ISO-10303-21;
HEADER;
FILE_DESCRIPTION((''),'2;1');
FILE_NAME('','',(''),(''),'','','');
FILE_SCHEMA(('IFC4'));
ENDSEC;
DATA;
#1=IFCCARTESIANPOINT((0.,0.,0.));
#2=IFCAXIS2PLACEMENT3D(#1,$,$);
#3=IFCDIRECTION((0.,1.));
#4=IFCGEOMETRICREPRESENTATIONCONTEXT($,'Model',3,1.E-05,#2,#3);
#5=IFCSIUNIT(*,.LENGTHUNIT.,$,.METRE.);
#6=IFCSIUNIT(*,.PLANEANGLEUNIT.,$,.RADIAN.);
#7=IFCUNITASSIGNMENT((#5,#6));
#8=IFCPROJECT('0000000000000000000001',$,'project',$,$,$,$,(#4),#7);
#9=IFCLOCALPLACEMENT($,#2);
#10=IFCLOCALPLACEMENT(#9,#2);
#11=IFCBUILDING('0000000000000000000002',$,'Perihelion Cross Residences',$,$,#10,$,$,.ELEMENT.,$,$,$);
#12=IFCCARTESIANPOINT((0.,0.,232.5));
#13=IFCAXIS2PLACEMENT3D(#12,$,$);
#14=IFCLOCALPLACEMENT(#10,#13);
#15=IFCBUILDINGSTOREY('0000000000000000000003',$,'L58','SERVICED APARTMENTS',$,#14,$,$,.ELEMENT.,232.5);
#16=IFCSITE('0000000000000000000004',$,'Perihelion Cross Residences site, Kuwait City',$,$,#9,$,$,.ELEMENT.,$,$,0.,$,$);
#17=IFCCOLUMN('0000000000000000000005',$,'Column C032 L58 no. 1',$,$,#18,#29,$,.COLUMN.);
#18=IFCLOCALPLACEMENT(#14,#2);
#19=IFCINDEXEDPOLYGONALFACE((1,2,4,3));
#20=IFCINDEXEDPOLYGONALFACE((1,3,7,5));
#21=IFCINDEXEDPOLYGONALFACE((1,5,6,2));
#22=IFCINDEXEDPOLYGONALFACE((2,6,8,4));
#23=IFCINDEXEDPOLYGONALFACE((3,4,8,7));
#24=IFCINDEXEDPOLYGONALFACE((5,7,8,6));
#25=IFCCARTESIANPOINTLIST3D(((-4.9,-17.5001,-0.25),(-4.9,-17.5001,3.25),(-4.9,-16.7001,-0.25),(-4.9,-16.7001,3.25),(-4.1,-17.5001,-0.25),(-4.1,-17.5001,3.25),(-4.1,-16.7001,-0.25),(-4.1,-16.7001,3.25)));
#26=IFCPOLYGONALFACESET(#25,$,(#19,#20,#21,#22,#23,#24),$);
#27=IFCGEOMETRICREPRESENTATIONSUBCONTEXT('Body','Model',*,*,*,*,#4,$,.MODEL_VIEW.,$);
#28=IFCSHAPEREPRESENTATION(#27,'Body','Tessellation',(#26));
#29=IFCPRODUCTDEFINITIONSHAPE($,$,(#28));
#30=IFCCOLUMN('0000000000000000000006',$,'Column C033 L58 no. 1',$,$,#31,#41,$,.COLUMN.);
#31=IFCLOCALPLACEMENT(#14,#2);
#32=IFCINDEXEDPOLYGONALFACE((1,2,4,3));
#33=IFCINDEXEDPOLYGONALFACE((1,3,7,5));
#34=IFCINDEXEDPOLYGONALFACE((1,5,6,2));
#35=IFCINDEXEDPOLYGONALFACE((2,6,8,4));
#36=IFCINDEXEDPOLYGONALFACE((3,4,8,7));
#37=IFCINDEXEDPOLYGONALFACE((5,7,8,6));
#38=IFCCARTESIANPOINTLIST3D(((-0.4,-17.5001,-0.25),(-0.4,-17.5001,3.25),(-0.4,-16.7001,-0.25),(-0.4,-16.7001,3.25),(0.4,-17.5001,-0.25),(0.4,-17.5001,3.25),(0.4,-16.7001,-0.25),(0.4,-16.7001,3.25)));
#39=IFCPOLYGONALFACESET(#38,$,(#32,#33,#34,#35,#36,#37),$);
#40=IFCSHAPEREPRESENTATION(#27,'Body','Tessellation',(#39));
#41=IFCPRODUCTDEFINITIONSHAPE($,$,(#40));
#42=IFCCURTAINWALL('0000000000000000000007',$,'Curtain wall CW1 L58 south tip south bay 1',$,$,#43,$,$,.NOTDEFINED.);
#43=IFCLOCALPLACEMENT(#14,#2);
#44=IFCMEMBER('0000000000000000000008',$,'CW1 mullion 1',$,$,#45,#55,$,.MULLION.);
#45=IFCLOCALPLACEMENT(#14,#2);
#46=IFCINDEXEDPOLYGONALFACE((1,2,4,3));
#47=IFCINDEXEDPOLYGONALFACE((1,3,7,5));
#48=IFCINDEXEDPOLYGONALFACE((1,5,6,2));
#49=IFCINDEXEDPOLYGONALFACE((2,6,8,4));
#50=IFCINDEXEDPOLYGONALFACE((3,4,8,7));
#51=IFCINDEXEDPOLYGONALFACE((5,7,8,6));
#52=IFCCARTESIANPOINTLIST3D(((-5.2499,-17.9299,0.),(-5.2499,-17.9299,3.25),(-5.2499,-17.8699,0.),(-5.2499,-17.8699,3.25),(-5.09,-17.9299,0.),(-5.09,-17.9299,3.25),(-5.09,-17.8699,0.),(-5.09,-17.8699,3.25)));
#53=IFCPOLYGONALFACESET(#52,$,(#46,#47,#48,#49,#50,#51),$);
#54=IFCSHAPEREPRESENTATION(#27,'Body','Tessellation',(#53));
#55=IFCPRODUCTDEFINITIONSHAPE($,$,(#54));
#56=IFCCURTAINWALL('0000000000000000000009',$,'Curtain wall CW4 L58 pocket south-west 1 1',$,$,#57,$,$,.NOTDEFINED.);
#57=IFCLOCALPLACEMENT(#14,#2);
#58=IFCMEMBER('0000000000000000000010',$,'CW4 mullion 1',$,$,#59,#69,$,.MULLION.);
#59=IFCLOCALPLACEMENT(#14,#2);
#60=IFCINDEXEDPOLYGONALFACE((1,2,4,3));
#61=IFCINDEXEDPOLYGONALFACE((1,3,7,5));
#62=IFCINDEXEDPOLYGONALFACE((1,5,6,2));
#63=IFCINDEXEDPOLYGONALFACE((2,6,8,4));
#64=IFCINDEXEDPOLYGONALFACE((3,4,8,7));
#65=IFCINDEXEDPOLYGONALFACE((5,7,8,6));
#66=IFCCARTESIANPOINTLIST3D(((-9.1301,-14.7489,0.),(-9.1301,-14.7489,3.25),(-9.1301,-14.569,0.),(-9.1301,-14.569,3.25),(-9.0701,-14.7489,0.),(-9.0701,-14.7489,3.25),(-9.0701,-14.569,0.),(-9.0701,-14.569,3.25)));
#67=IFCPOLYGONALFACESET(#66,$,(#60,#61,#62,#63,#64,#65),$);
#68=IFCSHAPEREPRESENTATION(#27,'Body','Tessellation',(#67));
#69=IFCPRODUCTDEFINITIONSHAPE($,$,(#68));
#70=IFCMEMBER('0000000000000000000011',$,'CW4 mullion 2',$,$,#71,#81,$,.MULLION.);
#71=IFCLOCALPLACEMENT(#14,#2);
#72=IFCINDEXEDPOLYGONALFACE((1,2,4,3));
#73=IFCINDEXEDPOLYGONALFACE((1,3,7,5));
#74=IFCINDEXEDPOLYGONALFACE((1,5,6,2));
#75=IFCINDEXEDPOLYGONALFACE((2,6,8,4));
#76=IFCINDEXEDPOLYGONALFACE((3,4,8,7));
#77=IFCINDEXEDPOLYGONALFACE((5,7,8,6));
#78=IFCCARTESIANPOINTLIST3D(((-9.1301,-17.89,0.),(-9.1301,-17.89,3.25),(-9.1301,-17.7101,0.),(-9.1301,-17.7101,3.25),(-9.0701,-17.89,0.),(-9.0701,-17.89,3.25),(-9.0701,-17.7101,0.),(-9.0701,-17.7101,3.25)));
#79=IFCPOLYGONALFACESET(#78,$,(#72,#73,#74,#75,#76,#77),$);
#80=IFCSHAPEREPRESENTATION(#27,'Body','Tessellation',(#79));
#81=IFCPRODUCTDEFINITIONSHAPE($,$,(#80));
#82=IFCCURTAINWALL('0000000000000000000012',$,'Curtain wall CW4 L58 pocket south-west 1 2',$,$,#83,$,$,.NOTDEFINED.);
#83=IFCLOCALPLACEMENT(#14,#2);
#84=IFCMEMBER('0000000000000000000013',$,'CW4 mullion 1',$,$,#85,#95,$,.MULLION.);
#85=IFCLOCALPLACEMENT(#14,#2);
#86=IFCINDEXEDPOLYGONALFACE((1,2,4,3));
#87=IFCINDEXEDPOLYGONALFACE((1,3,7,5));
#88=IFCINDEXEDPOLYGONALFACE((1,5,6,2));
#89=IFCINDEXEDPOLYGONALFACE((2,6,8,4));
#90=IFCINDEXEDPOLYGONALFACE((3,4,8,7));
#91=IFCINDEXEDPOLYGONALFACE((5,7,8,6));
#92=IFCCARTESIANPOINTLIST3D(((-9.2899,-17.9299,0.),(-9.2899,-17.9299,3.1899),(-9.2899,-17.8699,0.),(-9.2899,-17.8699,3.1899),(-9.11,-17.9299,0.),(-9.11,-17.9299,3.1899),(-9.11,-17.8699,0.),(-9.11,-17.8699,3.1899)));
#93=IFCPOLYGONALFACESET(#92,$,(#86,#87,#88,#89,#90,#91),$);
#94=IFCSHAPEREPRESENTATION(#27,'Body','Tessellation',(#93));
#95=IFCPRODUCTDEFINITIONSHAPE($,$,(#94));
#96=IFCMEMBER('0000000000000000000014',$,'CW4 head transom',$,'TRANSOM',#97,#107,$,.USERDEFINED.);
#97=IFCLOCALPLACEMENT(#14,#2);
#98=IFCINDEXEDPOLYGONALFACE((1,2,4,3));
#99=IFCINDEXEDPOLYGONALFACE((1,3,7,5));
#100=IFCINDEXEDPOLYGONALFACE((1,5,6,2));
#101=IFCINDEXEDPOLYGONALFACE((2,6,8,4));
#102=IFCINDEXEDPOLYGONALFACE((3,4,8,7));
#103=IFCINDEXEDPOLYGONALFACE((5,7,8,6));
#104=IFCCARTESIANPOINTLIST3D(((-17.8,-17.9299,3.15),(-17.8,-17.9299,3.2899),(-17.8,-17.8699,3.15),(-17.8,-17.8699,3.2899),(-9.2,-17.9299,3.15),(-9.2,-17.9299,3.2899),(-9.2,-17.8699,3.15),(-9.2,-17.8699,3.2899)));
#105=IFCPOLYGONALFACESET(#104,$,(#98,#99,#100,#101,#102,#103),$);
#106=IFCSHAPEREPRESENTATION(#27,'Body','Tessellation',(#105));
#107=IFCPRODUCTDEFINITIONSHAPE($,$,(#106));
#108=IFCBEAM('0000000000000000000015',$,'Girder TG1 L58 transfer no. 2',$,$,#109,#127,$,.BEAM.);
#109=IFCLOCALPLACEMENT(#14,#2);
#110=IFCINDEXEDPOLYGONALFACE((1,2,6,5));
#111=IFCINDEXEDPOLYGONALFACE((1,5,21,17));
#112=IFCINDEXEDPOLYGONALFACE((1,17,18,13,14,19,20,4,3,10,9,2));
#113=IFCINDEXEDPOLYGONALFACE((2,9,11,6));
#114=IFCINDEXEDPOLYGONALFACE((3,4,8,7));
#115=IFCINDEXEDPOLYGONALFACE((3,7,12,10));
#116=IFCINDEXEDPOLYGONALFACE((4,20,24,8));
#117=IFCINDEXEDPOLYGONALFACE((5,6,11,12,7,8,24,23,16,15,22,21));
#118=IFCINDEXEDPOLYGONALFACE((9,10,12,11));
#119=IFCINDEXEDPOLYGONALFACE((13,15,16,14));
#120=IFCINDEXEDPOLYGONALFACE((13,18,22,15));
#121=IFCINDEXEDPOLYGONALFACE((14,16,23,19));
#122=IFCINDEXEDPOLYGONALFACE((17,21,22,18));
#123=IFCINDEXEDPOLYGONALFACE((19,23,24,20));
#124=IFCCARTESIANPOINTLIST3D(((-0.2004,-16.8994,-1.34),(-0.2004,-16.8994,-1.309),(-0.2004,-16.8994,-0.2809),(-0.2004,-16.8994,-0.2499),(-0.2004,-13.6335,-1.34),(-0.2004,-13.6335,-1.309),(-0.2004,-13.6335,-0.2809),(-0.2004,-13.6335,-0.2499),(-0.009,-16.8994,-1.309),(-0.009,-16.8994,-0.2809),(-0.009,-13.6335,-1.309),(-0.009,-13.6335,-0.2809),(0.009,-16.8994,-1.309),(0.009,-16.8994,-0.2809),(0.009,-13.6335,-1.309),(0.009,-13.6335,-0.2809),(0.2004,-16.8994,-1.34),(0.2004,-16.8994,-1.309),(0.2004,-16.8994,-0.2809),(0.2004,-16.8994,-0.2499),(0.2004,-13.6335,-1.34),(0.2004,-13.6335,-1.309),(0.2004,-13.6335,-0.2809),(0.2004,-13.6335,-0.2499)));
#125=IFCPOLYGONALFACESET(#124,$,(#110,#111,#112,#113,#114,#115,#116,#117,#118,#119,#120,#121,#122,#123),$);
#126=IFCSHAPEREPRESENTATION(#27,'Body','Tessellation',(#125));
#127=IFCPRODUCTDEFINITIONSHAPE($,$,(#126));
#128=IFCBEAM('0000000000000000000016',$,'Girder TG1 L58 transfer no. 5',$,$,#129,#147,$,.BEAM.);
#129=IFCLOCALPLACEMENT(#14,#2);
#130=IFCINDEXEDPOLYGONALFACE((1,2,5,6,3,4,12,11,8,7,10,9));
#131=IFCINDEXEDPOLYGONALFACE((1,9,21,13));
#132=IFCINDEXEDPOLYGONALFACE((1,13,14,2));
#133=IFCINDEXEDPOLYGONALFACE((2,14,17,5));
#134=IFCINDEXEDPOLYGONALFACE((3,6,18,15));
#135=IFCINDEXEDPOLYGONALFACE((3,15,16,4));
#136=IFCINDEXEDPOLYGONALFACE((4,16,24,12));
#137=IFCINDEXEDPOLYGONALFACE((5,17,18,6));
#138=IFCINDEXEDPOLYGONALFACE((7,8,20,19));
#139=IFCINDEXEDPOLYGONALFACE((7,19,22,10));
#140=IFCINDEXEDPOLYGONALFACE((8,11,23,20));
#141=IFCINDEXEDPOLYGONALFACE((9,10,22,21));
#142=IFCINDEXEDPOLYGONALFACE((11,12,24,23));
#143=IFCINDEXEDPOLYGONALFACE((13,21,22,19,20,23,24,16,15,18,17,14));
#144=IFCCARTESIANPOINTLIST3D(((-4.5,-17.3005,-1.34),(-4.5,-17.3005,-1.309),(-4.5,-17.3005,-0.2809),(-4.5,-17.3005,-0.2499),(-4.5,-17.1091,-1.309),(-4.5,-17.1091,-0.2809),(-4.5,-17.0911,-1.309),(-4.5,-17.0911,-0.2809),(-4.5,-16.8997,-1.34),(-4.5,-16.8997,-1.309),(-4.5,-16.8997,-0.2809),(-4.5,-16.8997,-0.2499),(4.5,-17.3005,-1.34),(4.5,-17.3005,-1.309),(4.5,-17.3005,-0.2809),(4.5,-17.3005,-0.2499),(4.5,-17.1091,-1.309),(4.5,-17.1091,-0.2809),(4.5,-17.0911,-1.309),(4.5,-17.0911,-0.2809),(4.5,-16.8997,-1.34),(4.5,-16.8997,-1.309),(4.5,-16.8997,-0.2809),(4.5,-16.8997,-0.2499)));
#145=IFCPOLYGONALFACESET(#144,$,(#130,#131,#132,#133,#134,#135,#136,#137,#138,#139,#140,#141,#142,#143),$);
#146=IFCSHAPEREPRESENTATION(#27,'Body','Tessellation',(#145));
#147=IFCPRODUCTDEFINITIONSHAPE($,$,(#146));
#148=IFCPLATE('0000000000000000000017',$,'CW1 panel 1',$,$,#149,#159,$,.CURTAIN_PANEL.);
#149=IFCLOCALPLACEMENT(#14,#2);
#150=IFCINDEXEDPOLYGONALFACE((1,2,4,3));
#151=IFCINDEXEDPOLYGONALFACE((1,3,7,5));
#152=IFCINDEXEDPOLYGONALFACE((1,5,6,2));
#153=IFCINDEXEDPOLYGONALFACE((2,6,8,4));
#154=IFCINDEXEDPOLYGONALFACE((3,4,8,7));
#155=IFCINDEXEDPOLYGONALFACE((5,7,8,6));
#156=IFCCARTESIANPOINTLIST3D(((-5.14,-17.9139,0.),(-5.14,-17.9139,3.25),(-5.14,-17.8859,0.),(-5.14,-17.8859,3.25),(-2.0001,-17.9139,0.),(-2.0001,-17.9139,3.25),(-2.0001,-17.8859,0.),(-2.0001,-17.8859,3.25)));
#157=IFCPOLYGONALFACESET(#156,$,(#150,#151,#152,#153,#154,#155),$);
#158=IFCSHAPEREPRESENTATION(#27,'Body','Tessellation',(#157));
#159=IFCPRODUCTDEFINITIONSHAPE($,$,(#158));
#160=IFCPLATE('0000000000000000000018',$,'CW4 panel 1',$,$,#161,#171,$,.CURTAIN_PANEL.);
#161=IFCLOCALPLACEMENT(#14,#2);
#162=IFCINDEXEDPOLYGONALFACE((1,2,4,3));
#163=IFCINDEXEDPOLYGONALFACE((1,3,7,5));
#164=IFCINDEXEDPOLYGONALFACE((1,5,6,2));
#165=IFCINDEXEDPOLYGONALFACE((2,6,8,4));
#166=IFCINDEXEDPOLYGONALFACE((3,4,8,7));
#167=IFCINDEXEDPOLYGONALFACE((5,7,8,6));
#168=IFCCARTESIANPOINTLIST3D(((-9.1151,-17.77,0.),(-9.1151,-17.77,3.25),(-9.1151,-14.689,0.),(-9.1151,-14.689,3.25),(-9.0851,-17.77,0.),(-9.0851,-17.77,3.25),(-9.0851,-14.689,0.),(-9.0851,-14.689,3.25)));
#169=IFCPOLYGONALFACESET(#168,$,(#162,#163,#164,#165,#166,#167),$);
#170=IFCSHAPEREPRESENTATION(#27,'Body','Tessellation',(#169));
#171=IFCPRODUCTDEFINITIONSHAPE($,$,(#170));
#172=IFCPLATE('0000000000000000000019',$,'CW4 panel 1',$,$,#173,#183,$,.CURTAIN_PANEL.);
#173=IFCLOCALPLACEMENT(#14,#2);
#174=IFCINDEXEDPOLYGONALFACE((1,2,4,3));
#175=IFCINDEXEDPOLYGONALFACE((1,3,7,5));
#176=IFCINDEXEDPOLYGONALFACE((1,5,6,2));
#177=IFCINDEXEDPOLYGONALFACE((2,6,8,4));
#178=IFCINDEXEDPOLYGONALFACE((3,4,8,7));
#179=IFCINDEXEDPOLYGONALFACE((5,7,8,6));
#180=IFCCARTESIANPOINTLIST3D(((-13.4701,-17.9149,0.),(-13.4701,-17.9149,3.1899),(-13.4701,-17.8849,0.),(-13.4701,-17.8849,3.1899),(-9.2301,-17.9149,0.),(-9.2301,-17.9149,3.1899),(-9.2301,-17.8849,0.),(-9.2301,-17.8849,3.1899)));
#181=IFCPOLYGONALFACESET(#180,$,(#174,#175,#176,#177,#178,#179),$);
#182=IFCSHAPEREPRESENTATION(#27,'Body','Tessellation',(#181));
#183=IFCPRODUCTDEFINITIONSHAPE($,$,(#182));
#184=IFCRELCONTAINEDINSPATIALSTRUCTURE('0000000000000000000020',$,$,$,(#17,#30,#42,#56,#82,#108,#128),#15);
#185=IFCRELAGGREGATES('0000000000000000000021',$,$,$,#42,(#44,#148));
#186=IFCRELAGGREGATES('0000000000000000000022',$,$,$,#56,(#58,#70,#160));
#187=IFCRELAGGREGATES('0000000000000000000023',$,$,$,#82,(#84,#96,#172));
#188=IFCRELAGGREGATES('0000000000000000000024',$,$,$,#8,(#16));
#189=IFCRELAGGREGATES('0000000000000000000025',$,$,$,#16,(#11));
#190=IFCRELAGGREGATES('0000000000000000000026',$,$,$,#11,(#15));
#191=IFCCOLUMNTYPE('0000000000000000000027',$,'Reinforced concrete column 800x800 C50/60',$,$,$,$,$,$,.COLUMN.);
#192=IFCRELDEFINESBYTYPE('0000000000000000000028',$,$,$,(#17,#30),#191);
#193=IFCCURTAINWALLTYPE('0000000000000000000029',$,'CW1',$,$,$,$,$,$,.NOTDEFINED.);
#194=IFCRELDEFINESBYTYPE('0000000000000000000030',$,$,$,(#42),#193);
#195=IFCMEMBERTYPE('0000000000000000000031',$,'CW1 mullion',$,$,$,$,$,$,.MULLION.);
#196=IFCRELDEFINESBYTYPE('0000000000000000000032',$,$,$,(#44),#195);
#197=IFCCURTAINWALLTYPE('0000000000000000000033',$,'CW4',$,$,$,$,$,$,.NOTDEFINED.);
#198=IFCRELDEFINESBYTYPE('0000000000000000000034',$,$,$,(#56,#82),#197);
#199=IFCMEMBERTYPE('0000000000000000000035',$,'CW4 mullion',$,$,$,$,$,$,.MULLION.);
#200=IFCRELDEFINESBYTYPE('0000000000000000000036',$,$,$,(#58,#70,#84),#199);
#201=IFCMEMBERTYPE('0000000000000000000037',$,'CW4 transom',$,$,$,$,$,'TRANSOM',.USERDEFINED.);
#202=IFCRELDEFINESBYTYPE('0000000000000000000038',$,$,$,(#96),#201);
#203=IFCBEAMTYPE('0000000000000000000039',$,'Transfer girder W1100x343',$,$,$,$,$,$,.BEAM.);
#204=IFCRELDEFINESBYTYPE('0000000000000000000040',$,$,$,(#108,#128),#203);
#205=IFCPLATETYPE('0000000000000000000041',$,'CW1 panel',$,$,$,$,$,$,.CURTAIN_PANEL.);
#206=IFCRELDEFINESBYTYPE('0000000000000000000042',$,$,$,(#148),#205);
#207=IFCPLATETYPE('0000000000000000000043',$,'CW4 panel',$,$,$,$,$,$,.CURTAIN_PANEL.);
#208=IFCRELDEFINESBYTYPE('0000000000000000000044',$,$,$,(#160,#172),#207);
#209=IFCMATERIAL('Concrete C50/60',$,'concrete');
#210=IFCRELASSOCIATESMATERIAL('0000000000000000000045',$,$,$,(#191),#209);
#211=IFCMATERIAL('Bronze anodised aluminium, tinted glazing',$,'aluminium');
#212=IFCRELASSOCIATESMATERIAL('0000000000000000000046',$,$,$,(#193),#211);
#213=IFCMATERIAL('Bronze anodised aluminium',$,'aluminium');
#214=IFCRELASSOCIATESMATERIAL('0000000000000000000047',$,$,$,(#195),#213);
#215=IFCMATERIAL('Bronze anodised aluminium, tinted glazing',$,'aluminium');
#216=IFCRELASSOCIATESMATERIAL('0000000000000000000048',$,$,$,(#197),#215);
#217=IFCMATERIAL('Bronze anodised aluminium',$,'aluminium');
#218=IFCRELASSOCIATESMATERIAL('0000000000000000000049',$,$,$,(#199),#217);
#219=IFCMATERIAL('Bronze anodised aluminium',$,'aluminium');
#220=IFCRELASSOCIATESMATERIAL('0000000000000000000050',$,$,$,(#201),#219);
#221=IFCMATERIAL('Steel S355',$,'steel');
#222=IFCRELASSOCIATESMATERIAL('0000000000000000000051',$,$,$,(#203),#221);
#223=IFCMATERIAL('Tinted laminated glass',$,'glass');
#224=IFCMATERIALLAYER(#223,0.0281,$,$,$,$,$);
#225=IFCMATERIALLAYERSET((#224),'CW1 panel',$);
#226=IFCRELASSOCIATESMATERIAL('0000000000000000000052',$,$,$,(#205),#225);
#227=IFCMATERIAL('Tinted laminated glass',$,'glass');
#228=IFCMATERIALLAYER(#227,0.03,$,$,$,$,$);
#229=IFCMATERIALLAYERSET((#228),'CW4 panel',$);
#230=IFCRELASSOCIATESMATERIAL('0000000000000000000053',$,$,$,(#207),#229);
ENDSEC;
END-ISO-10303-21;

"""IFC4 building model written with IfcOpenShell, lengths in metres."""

from ifc_helpers import new_model, si_unit, direction, frame, origin, origin_2d, place, context, subcontext, project, spatial, rectangle, i_section, extrude, material, layer, layer_set, material_profile, profile_set, type_object, element, aggregate, save


model = new_model("IFC4")

# Units and contexts
model_context = context("Model", 3, precision=1e-05, world=origin(), true_north=direction((0.0, 1.0)))
body_context = subcontext(model_context, "Body", "Model", "MODEL_VIEW")
ifc_project = project(units=[si_unit("LENGTHUNIT", "METRE"), si_unit("PLANEANGLEUNIT", "RADIAN")], contexts=[model_context])

# Site, building, storey
site_placement = place(None, origin())
site = spatial("IfcSite", under=ifc_project, at=site_placement, Name="Perihelion Cross Residences site, Kuwait City", CompositionType="ELEMENT", RefElevation=0.0)
building_placement = place(site_placement, origin())
building = spatial("IfcBuilding", under=site, at=building_placement, Name="Perihelion Cross Residences", CompositionType="ELEMENT")
storey_placement = place(building_placement, frame((0.0, 0.0, 232.5)))
storey = spatial("IfcBuildingStorey", under=building, at=storey_placement, Name="L58", Description="SERVICED APARTMENTS", CompositionType="ELEMENT", Elevation=232.5)

# Columns
ifc_material_1 = material(Name="Concrete C50/60", Category="concrete")
ifc_material_profile_1 = material_profile(ifc_material_1, rectangle(XDim=0.8, YDim=0.8, at=origin_2d()), Name="RC 800x800")
ifc_profile_set_1 = profile_set([ifc_material_profile_1], Name="Concrete C50/60")
column_type = type_object("IfcColumnType", Name="Reinforced concrete column 800x800 C50/60", PredefinedType="COLUMN", material=ifc_profile_set_1)
for number, where, z_axis, x_axis, name in (
    (1, (-4.5, -17.1001, -0.25), (0.0, 0.0, 1.0), (1.0, 0.0, 0.0), "Column C032 L58 no. 1"),
    (2, (0.0, -17.1001, -0.25), (0.0, 0.0, 1.0), (1.0, 0.0, 0.0), "Column C033 L58 no. 1"),
):
    element("IfcColumn", number, at=place(storey_placement, frame(where, z_axis=z_axis, x_axis=x_axis)), inside=storey, type_object=column_type, Name=name, PredefinedType="COLUMN", context=body_context, shape_type="SweptSolid", body=[
        extrude(rectangle(XDim=0.8, YDim=0.8, at=origin_2d()), origin(), (0.0, 0.0, 1.0), 3.5),
    ])

# Curtain wall, member
ifc_material_2 = material(Name="Bronze anodised aluminium, tinted glazing", Category="aluminium")
curtain_wall_type_1 = type_object("IfcCurtainWallType", Name="CW1", PredefinedType="NOTDEFINED", material=ifc_material_2)
curtain_wall_1_placement = place(storey_placement, origin())
curtain_wall_1 = element("IfcCurtainWall", 3, at=curtain_wall_1_placement, inside=storey, type_object=curtain_wall_type_1, Name="Curtain wall CW1 L58 south tip south bay 1", PredefinedType="NOTDEFINED")
ifc_material_3 = material(Name="Bronze anodised aluminium", Category="aluminium")
ifc_material_profile_2 = material_profile(ifc_material_3, rectangle(XDim=0.0601, YDim=0.1599, at=origin_2d()), Name="CW1 mullion")
ifc_profile_set_2 = profile_set([ifc_material_profile_2], Name="Bronze anodised aluminium")
member_type_1 = type_object("IfcMemberType", Name="CW1 mullion", PredefinedType="MULLION", material=ifc_profile_set_2)
member_1_placement = place(storey_placement, frame((-5.1699, -17.8999, 0.0), z_axis=(0.0, 0.0, 1.0), x_axis=(0.0, 1.0, 0.0)))
member_1 = element("IfcMember", 4, at=member_1_placement, type_object=member_type_1, Name="CW1 mullion 1", PredefinedType="MULLION", context=body_context, shape_type="SweptSolid", body=[
    extrude(rectangle(XDim=0.0601, YDim=0.1599, at=origin_2d()), origin(), (0.0, 0.0, 1.0), 3.25),
])

# Curtain walls, members
ifc_material_4 = material(Name="Bronze anodised aluminium, tinted glazing", Category="aluminium")
curtain_wall_type_2 = type_object("IfcCurtainWallType", Name="CW4", PredefinedType="NOTDEFINED", material=ifc_material_4)
curtain_wall_2_placement = place(storey_placement, origin())
curtain_wall_2 = element("IfcCurtainWall", 5, at=curtain_wall_2_placement, inside=storey, type_object=curtain_wall_type_2, Name="Curtain wall CW4 L58 pocket south-west 1 1", PredefinedType="NOTDEFINED")
ifc_material_5 = material(Name="Bronze anodised aluminium", Category="aluminium")
ifc_material_profile_3 = material_profile(ifc_material_5, rectangle(XDim=0.0601, YDim=0.1799, at=origin_2d()), Name="CW4 mullion")
ifc_profile_set_3 = profile_set([ifc_material_profile_3], Name="Bronze anodised aluminium")
member_type_2 = type_object("IfcMemberType", Name="CW4 mullion", PredefinedType="MULLION", material=ifc_profile_set_3)
member_2_placement = place(storey_placement, frame((-9.1001, -14.6589, 0.0), z_axis=(0.0, 0.0, 1.0), x_axis=(1.0, 0.0, 0.0)))
member_2 = element("IfcMember", 6, at=member_2_placement, type_object=member_type_2, Name="CW4 mullion 1", PredefinedType="MULLION", context=body_context, shape_type="SweptSolid", body=[
    extrude(rectangle(XDim=0.0601, YDim=0.1799, at=origin_2d()), origin(), (0.0, 0.0, 1.0), 3.25),
])
member_3_placement = place(storey_placement, frame((-9.1001, -17.8, 0.0), z_axis=(0.0, 0.0, 1.0), x_axis=(1.0, 0.0, 0.0)))
member_3 = element("IfcMember", 7, at=member_3_placement, type_object=member_type_2, Name="CW4 mullion 2", PredefinedType="MULLION", context=body_context, shape_type="SweptSolid", body=[
    extrude(rectangle(XDim=0.0601, YDim=0.1799, at=origin_2d()), origin(), (0.0, 0.0, 1.0), 3.25),
])
curtain_wall_3_placement = place(storey_placement, origin())
curtain_wall_3 = element("IfcCurtainWall", 8, at=curtain_wall_3_placement, inside=storey, type_object=curtain_wall_type_2, Name="Curtain wall CW4 L58 pocket south-west 1 2", PredefinedType="NOTDEFINED")
member_4_placement = place(storey_placement, frame((-9.2, -17.8999, 0.0), z_axis=(0.0, 0.0, 1.0), x_axis=(0.0, -1.0, 0.0)))
member_4 = element("IfcMember", 9, at=member_4_placement, type_object=member_type_2, Name="CW4 mullion 1", PredefinedType="MULLION", context=body_context, shape_type="SweptSolid", body=[
    extrude(rectangle(XDim=0.0601, YDim=0.1799, at=origin_2d()), origin(), (0.0, 0.0, 1.0), 3.1899),
])
ifc_material_6 = material(Name="Bronze anodised aluminium", Category="aluminium")
ifc_material_profile_4 = material_profile(ifc_material_6, rectangle(XDim=0.0601, YDim=0.1399, at=origin_2d()), Name="CW4 transom")
ifc_profile_set_4 = profile_set([ifc_material_profile_4], Name="Bronze anodised aluminium")
member_type_3 = type_object("IfcMemberType", Name="CW4 transom", ElementType="TRANSOM", PredefinedType="USERDEFINED", material=ifc_profile_set_4)
member_5_placement = place(storey_placement, frame((-9.2, -17.8999, 3.22), z_axis=(-1.0, 0.0, 0.0), x_axis=(0.0, -1.0, 0.0)))
member_5 = element("IfcMember", 10, at=member_5_placement, type_object=member_type_3, Name="CW4 head transom", ObjectType="TRANSOM", PredefinedType="USERDEFINED", context=body_context, shape_type="SweptSolid", body=[
    extrude(rectangle(XDim=0.0601, YDim=0.1399, at=origin_2d()), origin(), (0.0, 0.0, 1.0), 8.6001),
])

# Beams
ifc_material_7 = material(Name="Steel S355", Category="steel")
ifc_material_profile_5 = material_profile(ifc_material_7, i_section(OverallWidth=0.4009, OverallDepth=1.0901, WebThickness=0.0181, FlangeThickness=0.031, at=origin_2d()), Name="W1100x343")
ifc_profile_set_5 = profile_set([ifc_material_profile_5], Name="Steel S355")
beam_type = type_object("IfcBeamType", Name="Transfer girder W1100x343", PredefinedType="BEAM", material=ifc_profile_set_5)
beam_1_placement = place(storey_placement, frame((0.0, -16.8994, -0.7949), z_axis=(0.0, 1.0, 0.0), x_axis=(-1.0, 0.0, 0.0)))
element("IfcBeam", 11, at=beam_1_placement, inside=storey, type_object=beam_type, Name="Girder TG1 L58 transfer no. 2", PredefinedType="BEAM", context=body_context, shape_type="SweptSolid", body=[
    extrude(i_section(OverallWidth=0.4009, OverallDepth=1.0901, WebThickness=0.0181, FlangeThickness=0.031, at=origin_2d()), origin(), (0.0, 0.0, 1.0), 3.2659),
])
beam_2_placement = place(storey_placement, frame((-4.5, -17.1001, -0.7949), z_axis=(1.0, 0.0, 0.0), x_axis=(0.0, 1.0, 0.0)))
element("IfcBeam", 12, at=beam_2_placement, inside=storey, type_object=beam_type, Name="Girder TG1 L58 transfer no. 5", PredefinedType="BEAM", context=body_context, shape_type="SweptSolid", body=[
    extrude(i_section(OverallWidth=0.4009, OverallDepth=1.0901, WebThickness=0.0181, FlangeThickness=0.031, at=origin_2d()), origin(), (0.0, 0.0, 1.0), 9.0),
])

# Plates
ifc_material_8 = material(Name="Tinted laminated glass", Category="glass")
ifc_layer_1 = layer(ifc_material_8, 0.0281)
ifc_layer_set_1 = layer_set([ifc_layer_1], Name="CW1 panel")
plate_type_1 = type_object("IfcPlateType", Name="CW1 panel", PredefinedType="CURTAIN_PANEL", material=ifc_layer_set_1)
plate_1_placement = place(storey_placement, frame((-3.5701, -17.8999, 0.0), z_axis=(0.0, 0.0, 1.0), x_axis=(1.0, 0.0, 0.0)))
plate_1 = element("IfcPlate", 13, at=plate_1_placement, type_object=plate_type_1, Name="CW1 panel 1", PredefinedType="CURTAIN_PANEL", context=body_context, shape_type="SweptSolid", body=[
    extrude(rectangle(XDim=3.1399, YDim=0.0281, at=origin_2d()), origin(), (0.0, 0.0, 1.0), 3.25),
])
aggregate(curtain_wall_1, [member_1, plate_1])
ifc_material_9 = material(Name="Tinted laminated glass", Category="glass")
ifc_layer_2 = layer(ifc_material_9, 0.03)
ifc_layer_set_2 = layer_set([ifc_layer_2], Name="CW4 panel")
plate_type_2 = type_object("IfcPlateType", Name="CW4 panel", PredefinedType="CURTAIN_PANEL", material=ifc_layer_set_2)
plate_2_placement = place(storey_placement, frame((-9.1001, -16.2295, 0.0), z_axis=(0.0, 0.0, 1.0), x_axis=(0.0, -1.0, 0.0)))
plate_2 = element("IfcPlate", 14, at=plate_2_placement, type_object=plate_type_2, Name="CW4 panel 1", PredefinedType="CURTAIN_PANEL", context=body_context, shape_type="SweptSolid", body=[
    extrude(rectangle(XDim=3.0811, YDim=0.03, at=origin_2d()), origin(), (0.0, 0.0, 1.0), 3.25),
])
aggregate(curtain_wall_2, [member_2, member_3, plate_2])
plate_3_placement = place(storey_placement, frame((-11.3501, -17.8999, 0.0), z_axis=(0.0, 0.0, 1.0), x_axis=(-1.0, 0.0, 0.0)))
plate_3 = element("IfcPlate", 15, at=plate_3_placement, type_object=plate_type_2, Name="CW4 panel 1", PredefinedType="CURTAIN_PANEL", context=body_context, shape_type="SweptSolid", body=[
    extrude(rectangle(XDim=4.24, YDim=0.03, at=origin_2d()), origin(), (0.0, 0.0, 1.0), 3.1899),
])
aggregate(curtain_wall_3, [member_4, member_5, plate_3])

save(model, "model.ifc")
